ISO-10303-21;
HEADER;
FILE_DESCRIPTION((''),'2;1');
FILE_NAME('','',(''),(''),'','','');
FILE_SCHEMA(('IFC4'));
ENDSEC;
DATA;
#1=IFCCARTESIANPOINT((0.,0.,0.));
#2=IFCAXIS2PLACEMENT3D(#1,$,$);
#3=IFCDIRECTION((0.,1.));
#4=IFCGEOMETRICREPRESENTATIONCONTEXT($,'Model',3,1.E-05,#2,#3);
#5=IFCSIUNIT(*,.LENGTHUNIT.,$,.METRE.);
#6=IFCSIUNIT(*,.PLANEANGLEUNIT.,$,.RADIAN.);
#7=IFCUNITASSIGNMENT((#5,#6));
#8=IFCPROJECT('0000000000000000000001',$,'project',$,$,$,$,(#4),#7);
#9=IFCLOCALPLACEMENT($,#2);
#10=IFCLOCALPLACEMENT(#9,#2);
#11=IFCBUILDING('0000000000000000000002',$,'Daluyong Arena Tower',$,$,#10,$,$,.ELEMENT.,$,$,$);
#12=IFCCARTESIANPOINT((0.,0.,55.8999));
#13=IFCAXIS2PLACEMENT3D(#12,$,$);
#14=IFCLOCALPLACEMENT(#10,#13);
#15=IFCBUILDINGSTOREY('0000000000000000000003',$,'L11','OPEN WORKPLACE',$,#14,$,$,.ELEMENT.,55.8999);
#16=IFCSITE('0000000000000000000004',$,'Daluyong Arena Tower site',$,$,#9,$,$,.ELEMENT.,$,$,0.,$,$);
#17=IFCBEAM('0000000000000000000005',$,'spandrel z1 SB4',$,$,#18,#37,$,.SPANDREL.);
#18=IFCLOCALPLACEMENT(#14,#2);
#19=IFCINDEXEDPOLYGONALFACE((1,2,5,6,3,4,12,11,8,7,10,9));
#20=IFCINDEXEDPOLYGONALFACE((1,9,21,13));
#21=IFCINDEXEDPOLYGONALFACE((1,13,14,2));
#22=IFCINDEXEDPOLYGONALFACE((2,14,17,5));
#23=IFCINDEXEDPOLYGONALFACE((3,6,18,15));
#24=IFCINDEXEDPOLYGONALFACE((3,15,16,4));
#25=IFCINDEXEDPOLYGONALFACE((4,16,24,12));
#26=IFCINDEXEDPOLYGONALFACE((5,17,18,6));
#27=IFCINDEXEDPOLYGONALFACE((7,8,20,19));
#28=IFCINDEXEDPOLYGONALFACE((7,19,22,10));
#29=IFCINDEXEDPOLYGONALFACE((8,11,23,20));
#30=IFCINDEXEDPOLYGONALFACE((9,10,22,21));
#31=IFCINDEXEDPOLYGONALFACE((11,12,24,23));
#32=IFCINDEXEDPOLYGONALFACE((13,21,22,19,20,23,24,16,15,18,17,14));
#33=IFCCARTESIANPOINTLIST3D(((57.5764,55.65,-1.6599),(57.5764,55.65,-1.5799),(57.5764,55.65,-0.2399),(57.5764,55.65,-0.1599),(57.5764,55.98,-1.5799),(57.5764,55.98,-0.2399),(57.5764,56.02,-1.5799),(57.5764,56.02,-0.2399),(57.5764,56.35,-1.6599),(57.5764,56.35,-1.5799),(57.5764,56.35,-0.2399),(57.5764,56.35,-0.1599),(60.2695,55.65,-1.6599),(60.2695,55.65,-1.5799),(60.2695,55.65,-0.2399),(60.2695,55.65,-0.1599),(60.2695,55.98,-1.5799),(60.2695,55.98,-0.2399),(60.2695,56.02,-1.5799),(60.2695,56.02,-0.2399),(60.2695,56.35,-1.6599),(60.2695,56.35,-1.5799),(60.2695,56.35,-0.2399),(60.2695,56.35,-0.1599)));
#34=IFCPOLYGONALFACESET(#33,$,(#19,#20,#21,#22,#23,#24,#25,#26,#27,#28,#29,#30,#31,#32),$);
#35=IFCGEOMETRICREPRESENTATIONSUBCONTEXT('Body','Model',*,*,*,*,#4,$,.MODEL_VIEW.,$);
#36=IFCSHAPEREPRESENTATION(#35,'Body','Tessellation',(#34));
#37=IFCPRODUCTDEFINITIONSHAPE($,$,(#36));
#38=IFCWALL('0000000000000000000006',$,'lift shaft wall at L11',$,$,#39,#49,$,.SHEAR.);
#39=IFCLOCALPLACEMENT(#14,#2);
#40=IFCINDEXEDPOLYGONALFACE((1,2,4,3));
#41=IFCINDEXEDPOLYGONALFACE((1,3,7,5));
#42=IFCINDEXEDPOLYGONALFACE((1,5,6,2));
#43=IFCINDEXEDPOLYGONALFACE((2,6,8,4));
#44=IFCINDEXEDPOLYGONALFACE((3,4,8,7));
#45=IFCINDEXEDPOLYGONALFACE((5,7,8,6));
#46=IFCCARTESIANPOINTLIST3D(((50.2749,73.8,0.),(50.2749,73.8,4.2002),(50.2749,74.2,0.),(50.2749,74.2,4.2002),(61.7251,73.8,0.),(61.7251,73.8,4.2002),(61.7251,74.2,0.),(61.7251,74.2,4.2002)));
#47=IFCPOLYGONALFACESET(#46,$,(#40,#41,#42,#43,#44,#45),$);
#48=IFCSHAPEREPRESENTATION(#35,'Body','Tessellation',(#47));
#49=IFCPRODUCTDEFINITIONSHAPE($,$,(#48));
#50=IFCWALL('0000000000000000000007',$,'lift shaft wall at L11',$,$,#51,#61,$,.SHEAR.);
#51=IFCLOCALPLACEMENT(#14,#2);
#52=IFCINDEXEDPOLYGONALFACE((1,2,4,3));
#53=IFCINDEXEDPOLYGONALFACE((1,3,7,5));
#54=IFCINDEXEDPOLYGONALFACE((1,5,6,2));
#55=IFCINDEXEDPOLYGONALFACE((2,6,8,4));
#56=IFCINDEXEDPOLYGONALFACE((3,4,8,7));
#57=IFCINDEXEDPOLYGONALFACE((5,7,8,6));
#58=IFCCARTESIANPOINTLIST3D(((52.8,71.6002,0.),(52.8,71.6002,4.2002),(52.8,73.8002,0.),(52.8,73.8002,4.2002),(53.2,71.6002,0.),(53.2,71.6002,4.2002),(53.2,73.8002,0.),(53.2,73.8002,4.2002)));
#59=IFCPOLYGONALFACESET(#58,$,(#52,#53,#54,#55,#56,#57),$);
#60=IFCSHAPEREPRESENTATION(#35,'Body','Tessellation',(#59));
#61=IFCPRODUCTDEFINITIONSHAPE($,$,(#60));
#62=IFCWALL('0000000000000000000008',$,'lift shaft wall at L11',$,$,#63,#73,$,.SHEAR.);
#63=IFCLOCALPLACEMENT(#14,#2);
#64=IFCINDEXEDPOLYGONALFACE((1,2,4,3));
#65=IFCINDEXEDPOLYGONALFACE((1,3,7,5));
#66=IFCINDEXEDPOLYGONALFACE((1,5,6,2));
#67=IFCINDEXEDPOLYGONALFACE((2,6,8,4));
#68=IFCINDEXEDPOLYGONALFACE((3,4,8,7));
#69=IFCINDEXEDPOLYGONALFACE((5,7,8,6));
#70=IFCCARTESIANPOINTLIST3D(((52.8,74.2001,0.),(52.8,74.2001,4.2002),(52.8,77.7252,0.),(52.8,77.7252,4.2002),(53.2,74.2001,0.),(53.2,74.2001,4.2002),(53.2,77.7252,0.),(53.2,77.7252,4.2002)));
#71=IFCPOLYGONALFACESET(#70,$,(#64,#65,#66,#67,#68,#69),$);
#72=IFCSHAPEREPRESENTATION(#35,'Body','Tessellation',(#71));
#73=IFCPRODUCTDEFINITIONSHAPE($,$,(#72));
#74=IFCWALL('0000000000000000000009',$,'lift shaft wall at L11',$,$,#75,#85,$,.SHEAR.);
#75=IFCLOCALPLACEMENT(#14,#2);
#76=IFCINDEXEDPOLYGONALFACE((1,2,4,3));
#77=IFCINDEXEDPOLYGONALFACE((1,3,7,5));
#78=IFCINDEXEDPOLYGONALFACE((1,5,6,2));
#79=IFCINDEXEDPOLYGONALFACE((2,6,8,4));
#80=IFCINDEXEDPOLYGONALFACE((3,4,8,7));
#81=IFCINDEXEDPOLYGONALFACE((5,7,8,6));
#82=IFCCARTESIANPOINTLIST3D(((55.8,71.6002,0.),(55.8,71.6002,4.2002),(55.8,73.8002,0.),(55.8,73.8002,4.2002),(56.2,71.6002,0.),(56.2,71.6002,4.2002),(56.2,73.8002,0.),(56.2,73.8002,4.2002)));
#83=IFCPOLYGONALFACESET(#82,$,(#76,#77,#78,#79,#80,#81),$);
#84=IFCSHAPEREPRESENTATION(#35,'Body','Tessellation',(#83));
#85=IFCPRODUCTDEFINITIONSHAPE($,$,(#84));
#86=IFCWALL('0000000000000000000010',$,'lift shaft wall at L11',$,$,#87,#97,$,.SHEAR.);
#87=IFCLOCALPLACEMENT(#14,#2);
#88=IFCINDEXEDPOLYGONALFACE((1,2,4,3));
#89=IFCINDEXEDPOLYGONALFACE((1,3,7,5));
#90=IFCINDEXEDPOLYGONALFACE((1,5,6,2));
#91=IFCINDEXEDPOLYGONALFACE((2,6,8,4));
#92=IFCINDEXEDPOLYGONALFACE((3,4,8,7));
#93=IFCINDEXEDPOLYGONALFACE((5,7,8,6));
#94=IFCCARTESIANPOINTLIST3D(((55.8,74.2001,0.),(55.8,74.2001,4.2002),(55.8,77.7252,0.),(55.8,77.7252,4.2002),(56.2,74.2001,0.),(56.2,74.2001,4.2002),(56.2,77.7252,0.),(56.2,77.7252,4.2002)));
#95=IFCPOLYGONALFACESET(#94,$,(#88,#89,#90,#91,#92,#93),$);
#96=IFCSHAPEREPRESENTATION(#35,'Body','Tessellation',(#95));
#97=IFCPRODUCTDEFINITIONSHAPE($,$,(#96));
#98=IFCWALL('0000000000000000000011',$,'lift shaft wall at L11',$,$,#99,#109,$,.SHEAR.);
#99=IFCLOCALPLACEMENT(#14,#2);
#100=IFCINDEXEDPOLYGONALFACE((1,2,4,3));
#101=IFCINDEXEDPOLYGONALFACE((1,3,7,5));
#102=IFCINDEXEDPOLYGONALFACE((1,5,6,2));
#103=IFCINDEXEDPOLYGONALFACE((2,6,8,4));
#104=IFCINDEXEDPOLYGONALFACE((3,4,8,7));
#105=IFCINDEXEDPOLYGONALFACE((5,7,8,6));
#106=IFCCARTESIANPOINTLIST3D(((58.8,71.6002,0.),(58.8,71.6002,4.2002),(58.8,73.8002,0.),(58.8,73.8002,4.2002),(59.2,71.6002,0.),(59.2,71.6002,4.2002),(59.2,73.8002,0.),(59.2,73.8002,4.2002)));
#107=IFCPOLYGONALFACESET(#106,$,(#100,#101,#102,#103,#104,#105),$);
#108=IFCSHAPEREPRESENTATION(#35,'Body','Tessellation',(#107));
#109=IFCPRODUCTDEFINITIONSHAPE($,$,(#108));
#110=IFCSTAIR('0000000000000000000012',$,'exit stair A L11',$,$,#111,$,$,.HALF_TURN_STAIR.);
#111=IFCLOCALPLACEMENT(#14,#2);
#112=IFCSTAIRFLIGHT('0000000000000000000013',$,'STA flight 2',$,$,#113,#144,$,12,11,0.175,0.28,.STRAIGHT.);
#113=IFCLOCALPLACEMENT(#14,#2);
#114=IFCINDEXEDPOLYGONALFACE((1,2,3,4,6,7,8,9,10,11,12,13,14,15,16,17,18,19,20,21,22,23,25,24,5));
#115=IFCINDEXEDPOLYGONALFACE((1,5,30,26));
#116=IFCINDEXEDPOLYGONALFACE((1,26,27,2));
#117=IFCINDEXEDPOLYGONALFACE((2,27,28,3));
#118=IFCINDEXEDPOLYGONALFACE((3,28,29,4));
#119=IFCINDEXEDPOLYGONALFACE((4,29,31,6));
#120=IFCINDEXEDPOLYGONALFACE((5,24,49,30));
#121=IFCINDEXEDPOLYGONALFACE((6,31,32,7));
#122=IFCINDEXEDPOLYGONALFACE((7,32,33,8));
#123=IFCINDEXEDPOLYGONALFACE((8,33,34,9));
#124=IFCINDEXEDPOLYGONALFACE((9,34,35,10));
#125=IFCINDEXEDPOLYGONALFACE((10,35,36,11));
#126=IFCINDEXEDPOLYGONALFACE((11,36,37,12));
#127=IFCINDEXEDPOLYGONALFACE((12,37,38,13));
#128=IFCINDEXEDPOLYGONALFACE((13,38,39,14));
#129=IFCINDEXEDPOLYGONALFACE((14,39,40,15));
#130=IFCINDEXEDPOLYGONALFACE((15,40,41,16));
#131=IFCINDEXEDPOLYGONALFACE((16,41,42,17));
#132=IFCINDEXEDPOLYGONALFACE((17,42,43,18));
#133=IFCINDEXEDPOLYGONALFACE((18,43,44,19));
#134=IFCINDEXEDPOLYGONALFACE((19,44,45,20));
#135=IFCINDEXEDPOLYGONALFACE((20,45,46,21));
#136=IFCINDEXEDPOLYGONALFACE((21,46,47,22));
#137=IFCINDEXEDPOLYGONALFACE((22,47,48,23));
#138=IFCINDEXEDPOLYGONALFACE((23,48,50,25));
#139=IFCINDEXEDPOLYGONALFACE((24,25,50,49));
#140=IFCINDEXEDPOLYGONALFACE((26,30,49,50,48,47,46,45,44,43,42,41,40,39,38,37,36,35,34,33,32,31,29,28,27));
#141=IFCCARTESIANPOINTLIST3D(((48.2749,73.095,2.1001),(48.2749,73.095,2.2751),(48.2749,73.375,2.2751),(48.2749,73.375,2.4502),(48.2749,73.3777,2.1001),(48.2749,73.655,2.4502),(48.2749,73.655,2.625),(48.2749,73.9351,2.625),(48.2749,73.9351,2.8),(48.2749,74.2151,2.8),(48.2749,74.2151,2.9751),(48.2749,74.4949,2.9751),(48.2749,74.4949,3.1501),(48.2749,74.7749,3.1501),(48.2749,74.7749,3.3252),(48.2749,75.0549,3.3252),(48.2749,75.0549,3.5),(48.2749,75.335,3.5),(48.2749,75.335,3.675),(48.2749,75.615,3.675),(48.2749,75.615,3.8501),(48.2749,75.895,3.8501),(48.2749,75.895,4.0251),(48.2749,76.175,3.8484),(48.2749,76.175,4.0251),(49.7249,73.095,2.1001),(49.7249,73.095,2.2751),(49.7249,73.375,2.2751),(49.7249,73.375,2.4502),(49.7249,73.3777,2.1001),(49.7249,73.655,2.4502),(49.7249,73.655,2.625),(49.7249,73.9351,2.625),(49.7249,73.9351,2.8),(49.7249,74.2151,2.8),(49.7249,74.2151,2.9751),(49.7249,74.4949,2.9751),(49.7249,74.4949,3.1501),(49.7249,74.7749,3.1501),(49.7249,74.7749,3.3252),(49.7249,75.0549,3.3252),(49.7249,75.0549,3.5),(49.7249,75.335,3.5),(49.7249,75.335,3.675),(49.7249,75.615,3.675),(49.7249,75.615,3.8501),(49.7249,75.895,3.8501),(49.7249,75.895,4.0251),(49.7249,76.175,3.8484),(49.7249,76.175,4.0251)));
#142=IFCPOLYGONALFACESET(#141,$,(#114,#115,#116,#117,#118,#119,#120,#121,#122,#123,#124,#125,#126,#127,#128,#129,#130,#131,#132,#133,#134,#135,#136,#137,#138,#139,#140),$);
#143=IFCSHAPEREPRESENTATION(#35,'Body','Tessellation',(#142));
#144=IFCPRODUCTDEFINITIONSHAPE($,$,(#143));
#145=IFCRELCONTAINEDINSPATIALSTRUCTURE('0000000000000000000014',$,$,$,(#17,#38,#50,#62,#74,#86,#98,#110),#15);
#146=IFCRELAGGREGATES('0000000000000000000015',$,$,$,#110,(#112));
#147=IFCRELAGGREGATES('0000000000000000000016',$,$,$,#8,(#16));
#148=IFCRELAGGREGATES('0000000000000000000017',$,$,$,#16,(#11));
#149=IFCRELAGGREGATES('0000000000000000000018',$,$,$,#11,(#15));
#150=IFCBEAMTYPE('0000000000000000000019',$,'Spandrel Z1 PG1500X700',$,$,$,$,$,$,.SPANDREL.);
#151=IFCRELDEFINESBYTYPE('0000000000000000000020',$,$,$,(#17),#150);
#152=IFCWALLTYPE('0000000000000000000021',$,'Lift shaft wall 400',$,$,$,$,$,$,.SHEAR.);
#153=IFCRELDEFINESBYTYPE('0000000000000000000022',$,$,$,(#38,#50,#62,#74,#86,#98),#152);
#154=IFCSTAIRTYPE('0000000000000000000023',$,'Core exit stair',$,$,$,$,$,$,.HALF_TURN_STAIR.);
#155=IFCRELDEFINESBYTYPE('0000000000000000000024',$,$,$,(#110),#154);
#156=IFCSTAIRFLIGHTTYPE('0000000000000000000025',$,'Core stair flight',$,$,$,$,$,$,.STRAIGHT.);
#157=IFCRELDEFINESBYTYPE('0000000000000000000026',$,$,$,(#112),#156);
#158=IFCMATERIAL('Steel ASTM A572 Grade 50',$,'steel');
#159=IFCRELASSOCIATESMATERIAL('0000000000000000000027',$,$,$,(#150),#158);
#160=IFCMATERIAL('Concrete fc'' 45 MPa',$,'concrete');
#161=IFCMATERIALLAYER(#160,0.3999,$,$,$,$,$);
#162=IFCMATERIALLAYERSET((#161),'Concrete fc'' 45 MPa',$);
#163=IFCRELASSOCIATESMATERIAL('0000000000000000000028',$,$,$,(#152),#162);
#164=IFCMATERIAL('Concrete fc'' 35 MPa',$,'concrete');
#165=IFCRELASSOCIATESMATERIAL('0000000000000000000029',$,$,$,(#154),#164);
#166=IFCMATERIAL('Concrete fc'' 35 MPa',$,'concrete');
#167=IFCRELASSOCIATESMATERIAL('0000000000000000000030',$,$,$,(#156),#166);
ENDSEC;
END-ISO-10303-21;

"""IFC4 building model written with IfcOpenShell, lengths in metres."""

from ifc_helpers import new_model, si_unit, direction, frame, frame_2d, origin, origin_2d, place, context, subcontext, project, spatial, polyline, rectangle, i_section, outline, extrude, material, layer, layer_set, material_profile, profile_set, type_object, element, aggregate, save


model = new_model("IFC4")

# Units and contexts
model_context = context("Model", 3, precision=1e-05, world=origin(), true_north=direction((0.0, 1.0)))
body_context = subcontext(model_context, "Body", "Model", "MODEL_VIEW")
ifc_project = project(units=[si_unit("LENGTHUNIT", "METRE"), si_unit("PLANEANGLEUNIT", "RADIAN")], contexts=[model_context])

# Site, building, storey
site_placement = place(None, origin())
site = spatial("IfcSite", under=ifc_project, at=site_placement, Name="Daluyong Arena Tower site", CompositionType="ELEMENT", RefElevation=0.0)
building_placement = place(site_placement, origin())
building = spatial("IfcBuilding", under=site, at=building_placement, Name="Daluyong Arena Tower", CompositionType="ELEMENT")
storey_placement = place(building_placement, frame((0.0, 0.0, 55.8999)))
storey = spatial("IfcBuildingStorey", under=building, at=storey_placement, Name="L11", Description="OPEN WORKPLACE", CompositionType="ELEMENT", Elevation=55.8999)

# Beam
ifc_material_1 = material(Name="Steel ASTM A572 Grade 50", Category="steel")
ifc_material_profile_1 = material_profile(ifc_material_1, i_section(OverallWidth=0.7, OverallDepth=1.5, WebThickness=0.04, FlangeThickness=0.08, at=origin_2d()))
ifc_profile_set_1 = profile_set([ifc_material_profile_1], Name="Steel ASTM A572 Grade 50")
beam_type_1 = type_object("IfcBeamType", Name="Spandrel Z1 PG1500X700", PredefinedType="SPANDREL", material=ifc_profile_set_1)
beam_1_placement = place(storey_placement, frame((57.5764, 56.0, -0.9099), z_axis=(1.0, 0.0, 0.0), x_axis=(0.0, 1.0, 0.0)))
element("IfcBeam", 1, at=beam_1_placement, inside=storey, type_object=beam_type_1, Name="spandrel z1 SB4", PredefinedType="SPANDREL", context=body_context, shape_type="SweptSolid", body=[
    extrude(i_section(OverallWidth=0.7, OverallDepth=1.5, WebThickness=0.04, FlangeThickness=0.08, at=origin_2d()), origin(), (0.0, 0.0, 1.0), 2.6931),
])

# Walls
ifc_material_2 = material(Name="Concrete fc' 45 MPa", Category="concrete")
ifc_layer_1 = layer(ifc_material_2, 0.3999)
ifc_layer_set_1 = layer_set([ifc_layer_1], Name="Concrete fc' 45 MPa")
wall_type_1 = type_object("IfcWallType", Name="Lift shaft wall 400", PredefinedType="SHEAR", material=ifc_layer_set_1)
wall_1_placement = place(storey_placement, frame((50.2749, 74.0, 0.0), z_axis=(0.0, 0.0, 1.0), x_axis=(1.0, 0.0, 0.0)))
element("IfcWall", 2, at=wall_1_placement, inside=storey, type_object=wall_type_1, Name="lift shaft wall at L11", PredefinedType="SHEAR", context=body_context, shape_type="SweptSolid", body=[
    extrude(rectangle(XDim=11.4502, YDim=0.3999, at=frame_2d((5.7251, 0.0))), origin(), (0.0, 0.0, 1.0), 4.2002),
])
wall_2_placement = place(storey_placement, frame((53.0, 71.6001, 0.0), z_axis=(0.0, 0.0, 1.0), x_axis=(0.0, 1.0, 0.0)))
element("IfcWall", 3, at=wall_2_placement, inside=storey, type_object=wall_type_1, Name="lift shaft wall at L11", PredefinedType="SHEAR", context=body_context, shape_type="SweptSolid", body=[
    extrude(rectangle(XDim=2.2, YDim=0.3999, at=frame_2d((1.1001, 0.0))), origin(), (0.0, 0.0, 1.0), 4.2002),
])
wall_3_placement = place(storey_placement, frame((53.0, 74.2, 0.0), z_axis=(0.0, 0.0, 1.0), x_axis=(0.0, 1.0, 0.0)))
element("IfcWall", 4, at=wall_3_placement, inside=storey, type_object=wall_type_1, Name="lift shaft wall at L11", PredefinedType="SHEAR", context=body_context, shape_type="SweptSolid", body=[
    extrude(rectangle(XDim=3.5251, YDim=0.3999, at=frame_2d((1.7627, 0.0))), origin(), (0.0, 0.0, 1.0), 4.2002),
])
wall_4_placement = place(storey_placement, frame((56.0, 71.6001, 0.0), z_axis=(0.0, 0.0, 1.0), x_axis=(0.0, 1.0, 0.0)))
element("IfcWall", 5, at=wall_4_placement, inside=storey, type_object=wall_type_1, Name="lift shaft wall at L11", PredefinedType="SHEAR", context=body_context, shape_type="SweptSolid", body=[
    extrude(rectangle(XDim=2.2, YDim=0.3999, at=frame_2d((1.1001, 0.0))), origin(), (0.0, 0.0, 1.0), 4.2002),
])
wall_5_placement = place(storey_placement, frame((56.0, 74.2, 0.0), z_axis=(0.0, 0.0, 1.0), x_axis=(0.0, 1.0, 0.0)))
element("IfcWall", 6, at=wall_5_placement, inside=storey, type_object=wall_type_1, Name="lift shaft wall at L11", PredefinedType="SHEAR", context=body_context, shape_type="SweptSolid", body=[
    extrude(rectangle(XDim=3.5251, YDim=0.3999, at=frame_2d((1.7627, 0.0))), origin(), (0.0, 0.0, 1.0), 4.2002),
])
wall_6_placement = place(storey_placement, frame((59.0, 71.6001, 0.0), z_axis=(0.0, 0.0, 1.0), x_axis=(0.0, 1.0, 0.0)))
element("IfcWall", 7, at=wall_6_placement, inside=storey, type_object=wall_type_1, Name="lift shaft wall at L11", PredefinedType="SHEAR", context=body_context, shape_type="SweptSolid", body=[
    extrude(rectangle(XDim=2.2, YDim=0.3999, at=frame_2d((1.1001, 0.0))), origin(), (0.0, 0.0, 1.0), 4.2002),
])

# Stair, stair flight
ifc_material_3 = material(Name="Concrete fc' 35 MPa", Category="concrete")
stair_type = type_object("IfcStairType", Name="Core exit stair", PredefinedType="HALF_TURN_STAIR", material=ifc_material_3)
stair_placement = place(storey_placement, origin())
stair = element("IfcStair", 8, at=stair_placement, inside=storey, type_object=stair_type, Name="exit stair A L11", PredefinedType="HALF_TURN_STAIR")
ifc_material_4 = material(Name="Concrete fc' 35 MPa", Category="concrete")
stair_flight_type = type_object("IfcStairFlightType", Name="Core stair flight", PredefinedType="STRAIGHT", material=ifc_material_4)
stair_flight_placement = place(storey_placement, frame((49.0, 73.095, 2.1001), z_axis=(0.0, 0.0, 1.0), x_axis=(0.0, 1.0, 0.0)))
stair_flight = element("IfcStairFlight", 9, at=stair_flight_placement, type_object=stair_flight_type, Name="STA flight 2", NumberOfRisers=12, NumberOfTreads=11, PredefinedType="STRAIGHT", RiserHeight=0.175, TreadLength=0.28, context=body_context, shape_type="SweptSolid", body=[
    extrude(outline(polyline([(0.0, 0.0), (0.0, 0.175), (0.28, 0.175), (0.28, 0.3501), (0.5601, 0.3501), (0.5601, 0.5249), (0.8401, 0.5249), (0.8401, 0.7), (1.1201, 0.7), (1.1201, 0.875), (1.3999, 0.875), (1.3999, 1.05), (1.6799, 1.05), (1.6799, 1.2251), (1.96, 1.2251), (1.96, 1.3999), (2.24, 1.3999), (2.24, 1.575), (2.52, 1.575), (2.52, 1.75), (2.8, 1.75), (2.8, 1.925), (3.0801, 1.925), (3.0801, 2.1001), (3.0801, 1.7483), (0.2827, 0.0), (0.0, 0.0)])), frame((0.0, 0.7251, 0.0), z_axis=(0.0, -1.0, 0.0), x_axis=(1.0, 0.0, 0.0)), (0.0, 0.0, 1.0), 1.45),
])
aggregate(stair, [stair_flight])

save(model, "model.ifc")
